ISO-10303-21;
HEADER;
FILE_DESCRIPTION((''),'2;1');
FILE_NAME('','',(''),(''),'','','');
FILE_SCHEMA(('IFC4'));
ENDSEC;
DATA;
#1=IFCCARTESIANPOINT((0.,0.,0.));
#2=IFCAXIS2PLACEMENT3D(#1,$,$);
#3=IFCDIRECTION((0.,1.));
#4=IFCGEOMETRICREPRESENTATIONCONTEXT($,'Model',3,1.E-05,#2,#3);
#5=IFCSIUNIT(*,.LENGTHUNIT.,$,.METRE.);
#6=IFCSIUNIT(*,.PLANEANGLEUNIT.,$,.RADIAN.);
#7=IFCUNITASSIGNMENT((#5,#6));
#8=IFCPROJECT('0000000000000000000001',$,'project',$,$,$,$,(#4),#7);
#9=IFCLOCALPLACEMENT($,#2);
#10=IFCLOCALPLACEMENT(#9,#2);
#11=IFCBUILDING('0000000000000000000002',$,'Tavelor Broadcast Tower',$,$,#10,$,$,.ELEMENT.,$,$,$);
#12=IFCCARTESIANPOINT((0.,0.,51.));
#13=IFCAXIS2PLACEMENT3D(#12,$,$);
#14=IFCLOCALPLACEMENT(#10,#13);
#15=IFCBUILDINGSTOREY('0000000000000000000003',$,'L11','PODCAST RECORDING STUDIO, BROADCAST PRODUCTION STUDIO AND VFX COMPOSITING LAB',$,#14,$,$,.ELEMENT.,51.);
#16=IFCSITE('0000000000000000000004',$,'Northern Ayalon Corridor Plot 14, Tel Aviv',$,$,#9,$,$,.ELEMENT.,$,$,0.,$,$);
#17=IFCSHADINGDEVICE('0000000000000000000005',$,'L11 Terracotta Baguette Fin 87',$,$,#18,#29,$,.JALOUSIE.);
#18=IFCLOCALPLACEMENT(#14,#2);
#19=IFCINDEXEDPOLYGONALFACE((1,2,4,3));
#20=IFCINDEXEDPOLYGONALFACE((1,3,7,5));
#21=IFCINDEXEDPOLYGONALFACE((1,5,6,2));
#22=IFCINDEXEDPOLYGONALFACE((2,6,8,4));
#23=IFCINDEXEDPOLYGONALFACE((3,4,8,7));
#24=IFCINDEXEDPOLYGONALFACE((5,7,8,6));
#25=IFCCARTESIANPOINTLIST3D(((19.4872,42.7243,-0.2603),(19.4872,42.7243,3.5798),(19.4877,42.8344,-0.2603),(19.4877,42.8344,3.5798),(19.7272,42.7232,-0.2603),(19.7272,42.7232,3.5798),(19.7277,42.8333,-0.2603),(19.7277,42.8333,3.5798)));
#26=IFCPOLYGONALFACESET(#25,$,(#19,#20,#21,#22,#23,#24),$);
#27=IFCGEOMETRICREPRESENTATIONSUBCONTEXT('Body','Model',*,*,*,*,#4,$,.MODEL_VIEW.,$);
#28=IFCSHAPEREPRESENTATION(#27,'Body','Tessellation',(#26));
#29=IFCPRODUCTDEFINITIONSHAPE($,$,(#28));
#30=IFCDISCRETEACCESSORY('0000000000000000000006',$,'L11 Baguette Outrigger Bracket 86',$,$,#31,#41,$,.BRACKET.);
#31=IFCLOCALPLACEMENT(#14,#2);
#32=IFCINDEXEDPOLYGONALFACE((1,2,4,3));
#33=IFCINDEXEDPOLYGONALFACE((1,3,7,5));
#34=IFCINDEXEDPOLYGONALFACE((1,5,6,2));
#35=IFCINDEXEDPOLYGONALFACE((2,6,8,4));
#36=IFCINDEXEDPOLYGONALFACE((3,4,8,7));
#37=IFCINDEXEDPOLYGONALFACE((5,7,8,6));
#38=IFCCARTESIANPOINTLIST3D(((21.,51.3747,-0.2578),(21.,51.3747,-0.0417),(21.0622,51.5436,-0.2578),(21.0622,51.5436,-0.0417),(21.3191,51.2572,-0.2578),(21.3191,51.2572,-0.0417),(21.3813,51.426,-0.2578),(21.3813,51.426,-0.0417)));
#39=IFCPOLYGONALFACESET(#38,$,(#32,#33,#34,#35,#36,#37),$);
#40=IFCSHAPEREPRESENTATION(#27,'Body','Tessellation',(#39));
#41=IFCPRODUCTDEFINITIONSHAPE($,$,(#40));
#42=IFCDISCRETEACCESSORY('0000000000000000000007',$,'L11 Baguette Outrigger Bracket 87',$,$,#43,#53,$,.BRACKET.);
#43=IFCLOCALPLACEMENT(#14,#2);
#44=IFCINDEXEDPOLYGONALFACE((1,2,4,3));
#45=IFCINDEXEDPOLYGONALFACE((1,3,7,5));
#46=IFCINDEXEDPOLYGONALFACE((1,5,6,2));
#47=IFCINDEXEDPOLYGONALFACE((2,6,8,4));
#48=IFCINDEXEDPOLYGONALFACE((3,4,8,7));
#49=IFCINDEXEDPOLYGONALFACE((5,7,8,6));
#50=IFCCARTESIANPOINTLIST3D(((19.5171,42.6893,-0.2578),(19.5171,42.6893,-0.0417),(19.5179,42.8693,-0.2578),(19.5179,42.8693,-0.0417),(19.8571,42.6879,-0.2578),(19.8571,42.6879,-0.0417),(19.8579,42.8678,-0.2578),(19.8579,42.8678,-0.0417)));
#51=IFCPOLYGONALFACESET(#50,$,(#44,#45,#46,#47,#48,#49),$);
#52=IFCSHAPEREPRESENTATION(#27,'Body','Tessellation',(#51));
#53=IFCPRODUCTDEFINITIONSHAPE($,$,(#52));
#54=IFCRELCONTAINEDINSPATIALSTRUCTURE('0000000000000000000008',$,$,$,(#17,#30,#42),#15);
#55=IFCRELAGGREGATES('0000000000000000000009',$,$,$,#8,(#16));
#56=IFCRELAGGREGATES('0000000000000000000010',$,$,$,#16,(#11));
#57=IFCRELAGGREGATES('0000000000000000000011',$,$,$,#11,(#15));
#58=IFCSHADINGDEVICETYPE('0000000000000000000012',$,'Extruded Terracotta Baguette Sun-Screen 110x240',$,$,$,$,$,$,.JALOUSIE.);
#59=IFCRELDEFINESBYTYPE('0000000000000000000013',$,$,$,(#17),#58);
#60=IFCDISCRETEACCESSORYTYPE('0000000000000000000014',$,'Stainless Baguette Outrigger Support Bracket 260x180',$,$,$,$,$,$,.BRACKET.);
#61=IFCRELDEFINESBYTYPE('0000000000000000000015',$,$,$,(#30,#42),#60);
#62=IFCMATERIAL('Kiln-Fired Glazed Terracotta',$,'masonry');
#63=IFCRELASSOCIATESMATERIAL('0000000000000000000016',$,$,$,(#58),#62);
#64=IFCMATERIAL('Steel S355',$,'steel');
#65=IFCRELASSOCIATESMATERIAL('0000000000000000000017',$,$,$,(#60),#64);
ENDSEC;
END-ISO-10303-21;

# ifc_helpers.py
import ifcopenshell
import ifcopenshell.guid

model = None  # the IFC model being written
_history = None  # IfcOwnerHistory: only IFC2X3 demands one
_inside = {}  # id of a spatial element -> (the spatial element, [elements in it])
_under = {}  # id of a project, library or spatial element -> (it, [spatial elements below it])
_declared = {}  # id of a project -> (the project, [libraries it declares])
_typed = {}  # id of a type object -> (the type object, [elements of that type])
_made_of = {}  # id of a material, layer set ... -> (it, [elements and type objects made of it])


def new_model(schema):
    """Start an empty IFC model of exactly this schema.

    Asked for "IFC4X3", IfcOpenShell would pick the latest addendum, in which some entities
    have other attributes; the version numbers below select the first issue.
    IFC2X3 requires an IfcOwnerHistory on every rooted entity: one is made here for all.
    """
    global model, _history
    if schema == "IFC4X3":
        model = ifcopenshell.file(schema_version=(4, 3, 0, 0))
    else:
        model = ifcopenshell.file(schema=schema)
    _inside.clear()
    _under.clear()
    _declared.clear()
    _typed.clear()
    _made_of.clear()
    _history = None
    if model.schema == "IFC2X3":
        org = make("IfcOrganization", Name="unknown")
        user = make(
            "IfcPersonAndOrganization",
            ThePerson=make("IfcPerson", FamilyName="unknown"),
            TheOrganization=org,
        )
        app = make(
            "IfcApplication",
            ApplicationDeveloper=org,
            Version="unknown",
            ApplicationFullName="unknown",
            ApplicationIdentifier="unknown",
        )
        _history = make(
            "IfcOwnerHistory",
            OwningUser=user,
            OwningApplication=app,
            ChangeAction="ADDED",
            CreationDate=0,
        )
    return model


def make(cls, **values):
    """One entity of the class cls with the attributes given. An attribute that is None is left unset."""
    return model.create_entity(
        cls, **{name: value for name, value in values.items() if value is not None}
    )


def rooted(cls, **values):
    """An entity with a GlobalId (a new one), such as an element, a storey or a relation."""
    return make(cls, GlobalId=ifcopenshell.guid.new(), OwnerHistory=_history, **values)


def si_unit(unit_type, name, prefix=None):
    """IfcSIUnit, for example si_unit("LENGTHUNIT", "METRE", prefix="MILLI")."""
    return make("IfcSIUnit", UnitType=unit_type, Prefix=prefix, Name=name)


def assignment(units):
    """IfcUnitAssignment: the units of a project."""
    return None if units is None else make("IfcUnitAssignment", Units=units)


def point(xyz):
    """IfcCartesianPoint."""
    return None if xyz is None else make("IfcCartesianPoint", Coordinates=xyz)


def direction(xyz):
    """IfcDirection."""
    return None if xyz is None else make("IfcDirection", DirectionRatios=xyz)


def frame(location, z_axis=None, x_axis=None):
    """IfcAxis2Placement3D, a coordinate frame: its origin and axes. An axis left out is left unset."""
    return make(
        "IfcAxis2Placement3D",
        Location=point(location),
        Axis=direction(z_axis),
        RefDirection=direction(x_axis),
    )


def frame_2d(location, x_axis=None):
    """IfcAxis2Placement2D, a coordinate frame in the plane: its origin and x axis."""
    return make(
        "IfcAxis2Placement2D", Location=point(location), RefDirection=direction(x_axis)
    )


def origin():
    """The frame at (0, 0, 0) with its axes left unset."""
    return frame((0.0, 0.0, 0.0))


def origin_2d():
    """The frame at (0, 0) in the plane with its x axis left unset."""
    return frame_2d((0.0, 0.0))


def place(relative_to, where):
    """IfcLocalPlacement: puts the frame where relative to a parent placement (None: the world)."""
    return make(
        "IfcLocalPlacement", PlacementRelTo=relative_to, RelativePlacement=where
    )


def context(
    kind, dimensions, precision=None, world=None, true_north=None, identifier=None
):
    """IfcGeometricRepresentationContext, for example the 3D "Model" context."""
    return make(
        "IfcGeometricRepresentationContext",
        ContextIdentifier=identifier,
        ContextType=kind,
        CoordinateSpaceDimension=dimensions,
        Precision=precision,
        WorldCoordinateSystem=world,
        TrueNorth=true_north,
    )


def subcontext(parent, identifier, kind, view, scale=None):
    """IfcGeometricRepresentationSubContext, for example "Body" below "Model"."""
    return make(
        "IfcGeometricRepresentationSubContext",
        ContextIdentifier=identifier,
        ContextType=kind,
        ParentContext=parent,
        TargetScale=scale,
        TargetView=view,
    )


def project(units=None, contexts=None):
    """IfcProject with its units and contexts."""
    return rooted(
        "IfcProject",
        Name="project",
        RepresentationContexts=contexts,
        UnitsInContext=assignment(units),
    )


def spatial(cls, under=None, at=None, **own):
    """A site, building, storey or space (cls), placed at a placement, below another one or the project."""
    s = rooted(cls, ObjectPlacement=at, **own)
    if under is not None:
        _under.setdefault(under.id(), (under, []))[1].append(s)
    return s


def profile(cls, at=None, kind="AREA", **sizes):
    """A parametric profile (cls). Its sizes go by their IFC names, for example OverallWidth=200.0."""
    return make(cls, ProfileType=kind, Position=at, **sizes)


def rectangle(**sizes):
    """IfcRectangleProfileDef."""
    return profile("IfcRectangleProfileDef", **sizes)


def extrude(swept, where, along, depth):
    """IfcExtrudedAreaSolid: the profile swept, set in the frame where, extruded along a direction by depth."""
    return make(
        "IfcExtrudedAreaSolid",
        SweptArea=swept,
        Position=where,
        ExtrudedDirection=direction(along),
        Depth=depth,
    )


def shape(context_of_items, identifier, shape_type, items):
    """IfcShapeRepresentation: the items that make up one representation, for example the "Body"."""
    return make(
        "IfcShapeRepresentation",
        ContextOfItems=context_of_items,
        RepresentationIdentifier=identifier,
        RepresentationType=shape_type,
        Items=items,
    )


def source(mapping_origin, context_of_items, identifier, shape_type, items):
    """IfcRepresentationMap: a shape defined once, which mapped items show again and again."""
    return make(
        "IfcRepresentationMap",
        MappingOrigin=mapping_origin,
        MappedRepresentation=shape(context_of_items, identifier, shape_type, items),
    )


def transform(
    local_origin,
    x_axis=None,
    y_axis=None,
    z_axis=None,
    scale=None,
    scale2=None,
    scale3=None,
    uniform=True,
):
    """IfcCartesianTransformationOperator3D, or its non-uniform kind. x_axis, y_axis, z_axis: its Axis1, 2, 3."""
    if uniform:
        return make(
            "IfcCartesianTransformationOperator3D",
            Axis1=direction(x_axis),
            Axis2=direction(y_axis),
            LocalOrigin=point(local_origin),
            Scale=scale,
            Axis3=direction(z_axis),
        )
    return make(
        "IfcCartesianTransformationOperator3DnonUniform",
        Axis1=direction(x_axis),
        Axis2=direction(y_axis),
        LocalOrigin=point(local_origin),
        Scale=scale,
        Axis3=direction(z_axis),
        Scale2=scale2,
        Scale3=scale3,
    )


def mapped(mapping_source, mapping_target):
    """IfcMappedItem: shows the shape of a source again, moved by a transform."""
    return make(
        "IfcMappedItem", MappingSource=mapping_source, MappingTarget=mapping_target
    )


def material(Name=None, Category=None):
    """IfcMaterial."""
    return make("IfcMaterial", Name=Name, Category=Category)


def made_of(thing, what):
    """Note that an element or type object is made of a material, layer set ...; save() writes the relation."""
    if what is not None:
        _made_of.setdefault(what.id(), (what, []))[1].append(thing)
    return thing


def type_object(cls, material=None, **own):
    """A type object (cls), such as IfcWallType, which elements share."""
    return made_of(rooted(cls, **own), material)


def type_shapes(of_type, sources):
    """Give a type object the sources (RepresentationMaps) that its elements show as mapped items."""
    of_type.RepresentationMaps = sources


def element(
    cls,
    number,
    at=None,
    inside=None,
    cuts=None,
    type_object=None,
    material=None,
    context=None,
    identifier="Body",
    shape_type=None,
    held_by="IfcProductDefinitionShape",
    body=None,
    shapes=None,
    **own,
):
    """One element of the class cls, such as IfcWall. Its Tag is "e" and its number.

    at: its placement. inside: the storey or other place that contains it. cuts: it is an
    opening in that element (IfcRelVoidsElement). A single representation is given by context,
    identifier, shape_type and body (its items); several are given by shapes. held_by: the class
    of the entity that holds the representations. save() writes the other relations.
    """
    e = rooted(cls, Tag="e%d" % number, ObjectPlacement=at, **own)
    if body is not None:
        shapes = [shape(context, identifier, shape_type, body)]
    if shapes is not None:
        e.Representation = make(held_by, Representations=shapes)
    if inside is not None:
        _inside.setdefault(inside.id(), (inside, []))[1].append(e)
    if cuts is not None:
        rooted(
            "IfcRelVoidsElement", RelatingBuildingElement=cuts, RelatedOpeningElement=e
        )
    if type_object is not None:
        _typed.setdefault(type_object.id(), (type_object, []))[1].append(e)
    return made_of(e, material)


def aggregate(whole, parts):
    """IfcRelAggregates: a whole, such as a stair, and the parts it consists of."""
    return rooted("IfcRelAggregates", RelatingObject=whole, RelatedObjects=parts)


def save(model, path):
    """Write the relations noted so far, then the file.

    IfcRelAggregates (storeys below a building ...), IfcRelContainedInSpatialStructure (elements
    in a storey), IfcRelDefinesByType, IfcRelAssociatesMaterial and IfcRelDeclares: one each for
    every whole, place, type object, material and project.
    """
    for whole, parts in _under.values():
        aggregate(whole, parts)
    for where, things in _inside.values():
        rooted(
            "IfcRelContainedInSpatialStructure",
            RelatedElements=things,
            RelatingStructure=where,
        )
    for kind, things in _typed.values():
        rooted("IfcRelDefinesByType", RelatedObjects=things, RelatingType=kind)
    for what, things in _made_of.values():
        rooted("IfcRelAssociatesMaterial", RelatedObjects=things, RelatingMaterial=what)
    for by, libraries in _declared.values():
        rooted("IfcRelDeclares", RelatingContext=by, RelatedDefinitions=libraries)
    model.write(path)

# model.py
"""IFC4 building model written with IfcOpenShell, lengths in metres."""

from ifc_helpers import new_model, si_unit, direction, frame, origin, origin_2d, place, context, subcontext, project, spatial, rectangle, extrude, source, transform, mapped, material, type_object, type_shapes, element, save


model = new_model("IFC4")

# Units and contexts
model_context = context("Model", 3, precision=1e-05, world=origin(), true_north=direction((0.0, 1.0)))
body_context = subcontext(model_context, "Body", "Model", "MODEL_VIEW")
ifc_project = project(units=[si_unit("LENGTHUNIT", "METRE"), si_unit("PLANEANGLEUNIT", "RADIAN")], contexts=[model_context])

# Site, building, storey
site_placement = place(None, origin())
site = spatial("IfcSite", under=ifc_project, at=site_placement, Name="Northern Ayalon Corridor Plot 14, Tel Aviv", CompositionType="ELEMENT", RefElevation=0.0)
building_placement = place(site_placement, origin())
building = spatial("IfcBuilding", under=site, at=building_placement, Name="Tavelor Broadcast Tower", CompositionType="ELEMENT")
storey_placement = place(building_placement, frame((0.0, 0.0, 51.0)))
storey = spatial("IfcBuildingStorey", under=building, at=storey_placement, Name="L11", Description="PODCAST RECORDING STUDIO, BROADCAST PRODUCTION STUDIO AND VFX COMPOSITING LAB", CompositionType="ELEMENT", Elevation=51.0)

# Shared definitions
ifc_material_1 = material(Name="Steel S355", Category="steel")

# Shading device
ifc_material_2 = material(Name="Kiln-Fired Glazed Terracotta", Category="masonry")
shading_device_type = type_object("IfcShadingDeviceType", Name="Extruded Terracotta Baguette Sun-Screen 110x240", PredefinedType="JALOUSIE", material=ifc_material_2)
shared_shape_1 = source(origin(), body_context, "Body", "SweptSolid", [
    extrude(rectangle(XDim=0.1101, YDim=0.24, at=origin_2d()), origin(), (0.0, 0.0, 1.0), 3.8401),
])
type_shapes(shading_device_type, [shared_shape_1])
shading_device_placement = place(storey_placement, frame((19.6074, 42.7788, -0.2603), z_axis=(0.0, 0.0, 1.0), x_axis=(-0.004363, -0.99999, 0.0)))
element("IfcShadingDevice", 1, at=shading_device_placement, inside=storey, type_object=shading_device_type, Name="L11 Terracotta Baguette Fin 87", PredefinedType="JALOUSIE", context=body_context, shape_type="MappedRepresentation", body=[
    mapped(shared_shape_1, transform((0.0, 0.0, 0.0), scale=1.0)),
])

# Discrete accessories
discrete_accessory_type = type_object("IfcDiscreteAccessoryType", Name="Stainless Baguette Outrigger Support Bracket 260x180", PredefinedType="BRACKET", material=ifc_material_1)
shared_shape_2 = source(origin(), body_context, "Body", "SweptSolid", [
    extrude(rectangle(XDim=0.1799, YDim=0.3401, at=origin_2d()), origin(), (0.0, 0.0, 1.0), 0.2161),
])
type_shapes(discrete_accessory_type, [shared_shape_2])
for number, where, z_axis, x_axis, name in (
    (2, (21.1907, 51.4004, -0.2578), (0.0, 0.0, 1.0), (-0.345626, -0.938372, 0.0), "L11 Baguette Outrigger Bracket 86"),
    (3, (19.6875, 42.7786, -0.2578), (0.0, 0.0, 1.0), (-0.004363, -0.99999, 0.0), "L11 Baguette Outrigger Bracket 87"),
):
    element("IfcDiscreteAccessory", number, at=place(storey_placement, frame(where, z_axis=z_axis, x_axis=x_axis)), inside=storey, type_object=discrete_accessory_type, Name=name, PredefinedType="BRACKET", context=body_context, shape_type="MappedRepresentation", body=[
        mapped(shared_shape_2, transform((0.0, 0.0, 0.0), scale=1.0)),
    ])

save(model, "model.ifc")
